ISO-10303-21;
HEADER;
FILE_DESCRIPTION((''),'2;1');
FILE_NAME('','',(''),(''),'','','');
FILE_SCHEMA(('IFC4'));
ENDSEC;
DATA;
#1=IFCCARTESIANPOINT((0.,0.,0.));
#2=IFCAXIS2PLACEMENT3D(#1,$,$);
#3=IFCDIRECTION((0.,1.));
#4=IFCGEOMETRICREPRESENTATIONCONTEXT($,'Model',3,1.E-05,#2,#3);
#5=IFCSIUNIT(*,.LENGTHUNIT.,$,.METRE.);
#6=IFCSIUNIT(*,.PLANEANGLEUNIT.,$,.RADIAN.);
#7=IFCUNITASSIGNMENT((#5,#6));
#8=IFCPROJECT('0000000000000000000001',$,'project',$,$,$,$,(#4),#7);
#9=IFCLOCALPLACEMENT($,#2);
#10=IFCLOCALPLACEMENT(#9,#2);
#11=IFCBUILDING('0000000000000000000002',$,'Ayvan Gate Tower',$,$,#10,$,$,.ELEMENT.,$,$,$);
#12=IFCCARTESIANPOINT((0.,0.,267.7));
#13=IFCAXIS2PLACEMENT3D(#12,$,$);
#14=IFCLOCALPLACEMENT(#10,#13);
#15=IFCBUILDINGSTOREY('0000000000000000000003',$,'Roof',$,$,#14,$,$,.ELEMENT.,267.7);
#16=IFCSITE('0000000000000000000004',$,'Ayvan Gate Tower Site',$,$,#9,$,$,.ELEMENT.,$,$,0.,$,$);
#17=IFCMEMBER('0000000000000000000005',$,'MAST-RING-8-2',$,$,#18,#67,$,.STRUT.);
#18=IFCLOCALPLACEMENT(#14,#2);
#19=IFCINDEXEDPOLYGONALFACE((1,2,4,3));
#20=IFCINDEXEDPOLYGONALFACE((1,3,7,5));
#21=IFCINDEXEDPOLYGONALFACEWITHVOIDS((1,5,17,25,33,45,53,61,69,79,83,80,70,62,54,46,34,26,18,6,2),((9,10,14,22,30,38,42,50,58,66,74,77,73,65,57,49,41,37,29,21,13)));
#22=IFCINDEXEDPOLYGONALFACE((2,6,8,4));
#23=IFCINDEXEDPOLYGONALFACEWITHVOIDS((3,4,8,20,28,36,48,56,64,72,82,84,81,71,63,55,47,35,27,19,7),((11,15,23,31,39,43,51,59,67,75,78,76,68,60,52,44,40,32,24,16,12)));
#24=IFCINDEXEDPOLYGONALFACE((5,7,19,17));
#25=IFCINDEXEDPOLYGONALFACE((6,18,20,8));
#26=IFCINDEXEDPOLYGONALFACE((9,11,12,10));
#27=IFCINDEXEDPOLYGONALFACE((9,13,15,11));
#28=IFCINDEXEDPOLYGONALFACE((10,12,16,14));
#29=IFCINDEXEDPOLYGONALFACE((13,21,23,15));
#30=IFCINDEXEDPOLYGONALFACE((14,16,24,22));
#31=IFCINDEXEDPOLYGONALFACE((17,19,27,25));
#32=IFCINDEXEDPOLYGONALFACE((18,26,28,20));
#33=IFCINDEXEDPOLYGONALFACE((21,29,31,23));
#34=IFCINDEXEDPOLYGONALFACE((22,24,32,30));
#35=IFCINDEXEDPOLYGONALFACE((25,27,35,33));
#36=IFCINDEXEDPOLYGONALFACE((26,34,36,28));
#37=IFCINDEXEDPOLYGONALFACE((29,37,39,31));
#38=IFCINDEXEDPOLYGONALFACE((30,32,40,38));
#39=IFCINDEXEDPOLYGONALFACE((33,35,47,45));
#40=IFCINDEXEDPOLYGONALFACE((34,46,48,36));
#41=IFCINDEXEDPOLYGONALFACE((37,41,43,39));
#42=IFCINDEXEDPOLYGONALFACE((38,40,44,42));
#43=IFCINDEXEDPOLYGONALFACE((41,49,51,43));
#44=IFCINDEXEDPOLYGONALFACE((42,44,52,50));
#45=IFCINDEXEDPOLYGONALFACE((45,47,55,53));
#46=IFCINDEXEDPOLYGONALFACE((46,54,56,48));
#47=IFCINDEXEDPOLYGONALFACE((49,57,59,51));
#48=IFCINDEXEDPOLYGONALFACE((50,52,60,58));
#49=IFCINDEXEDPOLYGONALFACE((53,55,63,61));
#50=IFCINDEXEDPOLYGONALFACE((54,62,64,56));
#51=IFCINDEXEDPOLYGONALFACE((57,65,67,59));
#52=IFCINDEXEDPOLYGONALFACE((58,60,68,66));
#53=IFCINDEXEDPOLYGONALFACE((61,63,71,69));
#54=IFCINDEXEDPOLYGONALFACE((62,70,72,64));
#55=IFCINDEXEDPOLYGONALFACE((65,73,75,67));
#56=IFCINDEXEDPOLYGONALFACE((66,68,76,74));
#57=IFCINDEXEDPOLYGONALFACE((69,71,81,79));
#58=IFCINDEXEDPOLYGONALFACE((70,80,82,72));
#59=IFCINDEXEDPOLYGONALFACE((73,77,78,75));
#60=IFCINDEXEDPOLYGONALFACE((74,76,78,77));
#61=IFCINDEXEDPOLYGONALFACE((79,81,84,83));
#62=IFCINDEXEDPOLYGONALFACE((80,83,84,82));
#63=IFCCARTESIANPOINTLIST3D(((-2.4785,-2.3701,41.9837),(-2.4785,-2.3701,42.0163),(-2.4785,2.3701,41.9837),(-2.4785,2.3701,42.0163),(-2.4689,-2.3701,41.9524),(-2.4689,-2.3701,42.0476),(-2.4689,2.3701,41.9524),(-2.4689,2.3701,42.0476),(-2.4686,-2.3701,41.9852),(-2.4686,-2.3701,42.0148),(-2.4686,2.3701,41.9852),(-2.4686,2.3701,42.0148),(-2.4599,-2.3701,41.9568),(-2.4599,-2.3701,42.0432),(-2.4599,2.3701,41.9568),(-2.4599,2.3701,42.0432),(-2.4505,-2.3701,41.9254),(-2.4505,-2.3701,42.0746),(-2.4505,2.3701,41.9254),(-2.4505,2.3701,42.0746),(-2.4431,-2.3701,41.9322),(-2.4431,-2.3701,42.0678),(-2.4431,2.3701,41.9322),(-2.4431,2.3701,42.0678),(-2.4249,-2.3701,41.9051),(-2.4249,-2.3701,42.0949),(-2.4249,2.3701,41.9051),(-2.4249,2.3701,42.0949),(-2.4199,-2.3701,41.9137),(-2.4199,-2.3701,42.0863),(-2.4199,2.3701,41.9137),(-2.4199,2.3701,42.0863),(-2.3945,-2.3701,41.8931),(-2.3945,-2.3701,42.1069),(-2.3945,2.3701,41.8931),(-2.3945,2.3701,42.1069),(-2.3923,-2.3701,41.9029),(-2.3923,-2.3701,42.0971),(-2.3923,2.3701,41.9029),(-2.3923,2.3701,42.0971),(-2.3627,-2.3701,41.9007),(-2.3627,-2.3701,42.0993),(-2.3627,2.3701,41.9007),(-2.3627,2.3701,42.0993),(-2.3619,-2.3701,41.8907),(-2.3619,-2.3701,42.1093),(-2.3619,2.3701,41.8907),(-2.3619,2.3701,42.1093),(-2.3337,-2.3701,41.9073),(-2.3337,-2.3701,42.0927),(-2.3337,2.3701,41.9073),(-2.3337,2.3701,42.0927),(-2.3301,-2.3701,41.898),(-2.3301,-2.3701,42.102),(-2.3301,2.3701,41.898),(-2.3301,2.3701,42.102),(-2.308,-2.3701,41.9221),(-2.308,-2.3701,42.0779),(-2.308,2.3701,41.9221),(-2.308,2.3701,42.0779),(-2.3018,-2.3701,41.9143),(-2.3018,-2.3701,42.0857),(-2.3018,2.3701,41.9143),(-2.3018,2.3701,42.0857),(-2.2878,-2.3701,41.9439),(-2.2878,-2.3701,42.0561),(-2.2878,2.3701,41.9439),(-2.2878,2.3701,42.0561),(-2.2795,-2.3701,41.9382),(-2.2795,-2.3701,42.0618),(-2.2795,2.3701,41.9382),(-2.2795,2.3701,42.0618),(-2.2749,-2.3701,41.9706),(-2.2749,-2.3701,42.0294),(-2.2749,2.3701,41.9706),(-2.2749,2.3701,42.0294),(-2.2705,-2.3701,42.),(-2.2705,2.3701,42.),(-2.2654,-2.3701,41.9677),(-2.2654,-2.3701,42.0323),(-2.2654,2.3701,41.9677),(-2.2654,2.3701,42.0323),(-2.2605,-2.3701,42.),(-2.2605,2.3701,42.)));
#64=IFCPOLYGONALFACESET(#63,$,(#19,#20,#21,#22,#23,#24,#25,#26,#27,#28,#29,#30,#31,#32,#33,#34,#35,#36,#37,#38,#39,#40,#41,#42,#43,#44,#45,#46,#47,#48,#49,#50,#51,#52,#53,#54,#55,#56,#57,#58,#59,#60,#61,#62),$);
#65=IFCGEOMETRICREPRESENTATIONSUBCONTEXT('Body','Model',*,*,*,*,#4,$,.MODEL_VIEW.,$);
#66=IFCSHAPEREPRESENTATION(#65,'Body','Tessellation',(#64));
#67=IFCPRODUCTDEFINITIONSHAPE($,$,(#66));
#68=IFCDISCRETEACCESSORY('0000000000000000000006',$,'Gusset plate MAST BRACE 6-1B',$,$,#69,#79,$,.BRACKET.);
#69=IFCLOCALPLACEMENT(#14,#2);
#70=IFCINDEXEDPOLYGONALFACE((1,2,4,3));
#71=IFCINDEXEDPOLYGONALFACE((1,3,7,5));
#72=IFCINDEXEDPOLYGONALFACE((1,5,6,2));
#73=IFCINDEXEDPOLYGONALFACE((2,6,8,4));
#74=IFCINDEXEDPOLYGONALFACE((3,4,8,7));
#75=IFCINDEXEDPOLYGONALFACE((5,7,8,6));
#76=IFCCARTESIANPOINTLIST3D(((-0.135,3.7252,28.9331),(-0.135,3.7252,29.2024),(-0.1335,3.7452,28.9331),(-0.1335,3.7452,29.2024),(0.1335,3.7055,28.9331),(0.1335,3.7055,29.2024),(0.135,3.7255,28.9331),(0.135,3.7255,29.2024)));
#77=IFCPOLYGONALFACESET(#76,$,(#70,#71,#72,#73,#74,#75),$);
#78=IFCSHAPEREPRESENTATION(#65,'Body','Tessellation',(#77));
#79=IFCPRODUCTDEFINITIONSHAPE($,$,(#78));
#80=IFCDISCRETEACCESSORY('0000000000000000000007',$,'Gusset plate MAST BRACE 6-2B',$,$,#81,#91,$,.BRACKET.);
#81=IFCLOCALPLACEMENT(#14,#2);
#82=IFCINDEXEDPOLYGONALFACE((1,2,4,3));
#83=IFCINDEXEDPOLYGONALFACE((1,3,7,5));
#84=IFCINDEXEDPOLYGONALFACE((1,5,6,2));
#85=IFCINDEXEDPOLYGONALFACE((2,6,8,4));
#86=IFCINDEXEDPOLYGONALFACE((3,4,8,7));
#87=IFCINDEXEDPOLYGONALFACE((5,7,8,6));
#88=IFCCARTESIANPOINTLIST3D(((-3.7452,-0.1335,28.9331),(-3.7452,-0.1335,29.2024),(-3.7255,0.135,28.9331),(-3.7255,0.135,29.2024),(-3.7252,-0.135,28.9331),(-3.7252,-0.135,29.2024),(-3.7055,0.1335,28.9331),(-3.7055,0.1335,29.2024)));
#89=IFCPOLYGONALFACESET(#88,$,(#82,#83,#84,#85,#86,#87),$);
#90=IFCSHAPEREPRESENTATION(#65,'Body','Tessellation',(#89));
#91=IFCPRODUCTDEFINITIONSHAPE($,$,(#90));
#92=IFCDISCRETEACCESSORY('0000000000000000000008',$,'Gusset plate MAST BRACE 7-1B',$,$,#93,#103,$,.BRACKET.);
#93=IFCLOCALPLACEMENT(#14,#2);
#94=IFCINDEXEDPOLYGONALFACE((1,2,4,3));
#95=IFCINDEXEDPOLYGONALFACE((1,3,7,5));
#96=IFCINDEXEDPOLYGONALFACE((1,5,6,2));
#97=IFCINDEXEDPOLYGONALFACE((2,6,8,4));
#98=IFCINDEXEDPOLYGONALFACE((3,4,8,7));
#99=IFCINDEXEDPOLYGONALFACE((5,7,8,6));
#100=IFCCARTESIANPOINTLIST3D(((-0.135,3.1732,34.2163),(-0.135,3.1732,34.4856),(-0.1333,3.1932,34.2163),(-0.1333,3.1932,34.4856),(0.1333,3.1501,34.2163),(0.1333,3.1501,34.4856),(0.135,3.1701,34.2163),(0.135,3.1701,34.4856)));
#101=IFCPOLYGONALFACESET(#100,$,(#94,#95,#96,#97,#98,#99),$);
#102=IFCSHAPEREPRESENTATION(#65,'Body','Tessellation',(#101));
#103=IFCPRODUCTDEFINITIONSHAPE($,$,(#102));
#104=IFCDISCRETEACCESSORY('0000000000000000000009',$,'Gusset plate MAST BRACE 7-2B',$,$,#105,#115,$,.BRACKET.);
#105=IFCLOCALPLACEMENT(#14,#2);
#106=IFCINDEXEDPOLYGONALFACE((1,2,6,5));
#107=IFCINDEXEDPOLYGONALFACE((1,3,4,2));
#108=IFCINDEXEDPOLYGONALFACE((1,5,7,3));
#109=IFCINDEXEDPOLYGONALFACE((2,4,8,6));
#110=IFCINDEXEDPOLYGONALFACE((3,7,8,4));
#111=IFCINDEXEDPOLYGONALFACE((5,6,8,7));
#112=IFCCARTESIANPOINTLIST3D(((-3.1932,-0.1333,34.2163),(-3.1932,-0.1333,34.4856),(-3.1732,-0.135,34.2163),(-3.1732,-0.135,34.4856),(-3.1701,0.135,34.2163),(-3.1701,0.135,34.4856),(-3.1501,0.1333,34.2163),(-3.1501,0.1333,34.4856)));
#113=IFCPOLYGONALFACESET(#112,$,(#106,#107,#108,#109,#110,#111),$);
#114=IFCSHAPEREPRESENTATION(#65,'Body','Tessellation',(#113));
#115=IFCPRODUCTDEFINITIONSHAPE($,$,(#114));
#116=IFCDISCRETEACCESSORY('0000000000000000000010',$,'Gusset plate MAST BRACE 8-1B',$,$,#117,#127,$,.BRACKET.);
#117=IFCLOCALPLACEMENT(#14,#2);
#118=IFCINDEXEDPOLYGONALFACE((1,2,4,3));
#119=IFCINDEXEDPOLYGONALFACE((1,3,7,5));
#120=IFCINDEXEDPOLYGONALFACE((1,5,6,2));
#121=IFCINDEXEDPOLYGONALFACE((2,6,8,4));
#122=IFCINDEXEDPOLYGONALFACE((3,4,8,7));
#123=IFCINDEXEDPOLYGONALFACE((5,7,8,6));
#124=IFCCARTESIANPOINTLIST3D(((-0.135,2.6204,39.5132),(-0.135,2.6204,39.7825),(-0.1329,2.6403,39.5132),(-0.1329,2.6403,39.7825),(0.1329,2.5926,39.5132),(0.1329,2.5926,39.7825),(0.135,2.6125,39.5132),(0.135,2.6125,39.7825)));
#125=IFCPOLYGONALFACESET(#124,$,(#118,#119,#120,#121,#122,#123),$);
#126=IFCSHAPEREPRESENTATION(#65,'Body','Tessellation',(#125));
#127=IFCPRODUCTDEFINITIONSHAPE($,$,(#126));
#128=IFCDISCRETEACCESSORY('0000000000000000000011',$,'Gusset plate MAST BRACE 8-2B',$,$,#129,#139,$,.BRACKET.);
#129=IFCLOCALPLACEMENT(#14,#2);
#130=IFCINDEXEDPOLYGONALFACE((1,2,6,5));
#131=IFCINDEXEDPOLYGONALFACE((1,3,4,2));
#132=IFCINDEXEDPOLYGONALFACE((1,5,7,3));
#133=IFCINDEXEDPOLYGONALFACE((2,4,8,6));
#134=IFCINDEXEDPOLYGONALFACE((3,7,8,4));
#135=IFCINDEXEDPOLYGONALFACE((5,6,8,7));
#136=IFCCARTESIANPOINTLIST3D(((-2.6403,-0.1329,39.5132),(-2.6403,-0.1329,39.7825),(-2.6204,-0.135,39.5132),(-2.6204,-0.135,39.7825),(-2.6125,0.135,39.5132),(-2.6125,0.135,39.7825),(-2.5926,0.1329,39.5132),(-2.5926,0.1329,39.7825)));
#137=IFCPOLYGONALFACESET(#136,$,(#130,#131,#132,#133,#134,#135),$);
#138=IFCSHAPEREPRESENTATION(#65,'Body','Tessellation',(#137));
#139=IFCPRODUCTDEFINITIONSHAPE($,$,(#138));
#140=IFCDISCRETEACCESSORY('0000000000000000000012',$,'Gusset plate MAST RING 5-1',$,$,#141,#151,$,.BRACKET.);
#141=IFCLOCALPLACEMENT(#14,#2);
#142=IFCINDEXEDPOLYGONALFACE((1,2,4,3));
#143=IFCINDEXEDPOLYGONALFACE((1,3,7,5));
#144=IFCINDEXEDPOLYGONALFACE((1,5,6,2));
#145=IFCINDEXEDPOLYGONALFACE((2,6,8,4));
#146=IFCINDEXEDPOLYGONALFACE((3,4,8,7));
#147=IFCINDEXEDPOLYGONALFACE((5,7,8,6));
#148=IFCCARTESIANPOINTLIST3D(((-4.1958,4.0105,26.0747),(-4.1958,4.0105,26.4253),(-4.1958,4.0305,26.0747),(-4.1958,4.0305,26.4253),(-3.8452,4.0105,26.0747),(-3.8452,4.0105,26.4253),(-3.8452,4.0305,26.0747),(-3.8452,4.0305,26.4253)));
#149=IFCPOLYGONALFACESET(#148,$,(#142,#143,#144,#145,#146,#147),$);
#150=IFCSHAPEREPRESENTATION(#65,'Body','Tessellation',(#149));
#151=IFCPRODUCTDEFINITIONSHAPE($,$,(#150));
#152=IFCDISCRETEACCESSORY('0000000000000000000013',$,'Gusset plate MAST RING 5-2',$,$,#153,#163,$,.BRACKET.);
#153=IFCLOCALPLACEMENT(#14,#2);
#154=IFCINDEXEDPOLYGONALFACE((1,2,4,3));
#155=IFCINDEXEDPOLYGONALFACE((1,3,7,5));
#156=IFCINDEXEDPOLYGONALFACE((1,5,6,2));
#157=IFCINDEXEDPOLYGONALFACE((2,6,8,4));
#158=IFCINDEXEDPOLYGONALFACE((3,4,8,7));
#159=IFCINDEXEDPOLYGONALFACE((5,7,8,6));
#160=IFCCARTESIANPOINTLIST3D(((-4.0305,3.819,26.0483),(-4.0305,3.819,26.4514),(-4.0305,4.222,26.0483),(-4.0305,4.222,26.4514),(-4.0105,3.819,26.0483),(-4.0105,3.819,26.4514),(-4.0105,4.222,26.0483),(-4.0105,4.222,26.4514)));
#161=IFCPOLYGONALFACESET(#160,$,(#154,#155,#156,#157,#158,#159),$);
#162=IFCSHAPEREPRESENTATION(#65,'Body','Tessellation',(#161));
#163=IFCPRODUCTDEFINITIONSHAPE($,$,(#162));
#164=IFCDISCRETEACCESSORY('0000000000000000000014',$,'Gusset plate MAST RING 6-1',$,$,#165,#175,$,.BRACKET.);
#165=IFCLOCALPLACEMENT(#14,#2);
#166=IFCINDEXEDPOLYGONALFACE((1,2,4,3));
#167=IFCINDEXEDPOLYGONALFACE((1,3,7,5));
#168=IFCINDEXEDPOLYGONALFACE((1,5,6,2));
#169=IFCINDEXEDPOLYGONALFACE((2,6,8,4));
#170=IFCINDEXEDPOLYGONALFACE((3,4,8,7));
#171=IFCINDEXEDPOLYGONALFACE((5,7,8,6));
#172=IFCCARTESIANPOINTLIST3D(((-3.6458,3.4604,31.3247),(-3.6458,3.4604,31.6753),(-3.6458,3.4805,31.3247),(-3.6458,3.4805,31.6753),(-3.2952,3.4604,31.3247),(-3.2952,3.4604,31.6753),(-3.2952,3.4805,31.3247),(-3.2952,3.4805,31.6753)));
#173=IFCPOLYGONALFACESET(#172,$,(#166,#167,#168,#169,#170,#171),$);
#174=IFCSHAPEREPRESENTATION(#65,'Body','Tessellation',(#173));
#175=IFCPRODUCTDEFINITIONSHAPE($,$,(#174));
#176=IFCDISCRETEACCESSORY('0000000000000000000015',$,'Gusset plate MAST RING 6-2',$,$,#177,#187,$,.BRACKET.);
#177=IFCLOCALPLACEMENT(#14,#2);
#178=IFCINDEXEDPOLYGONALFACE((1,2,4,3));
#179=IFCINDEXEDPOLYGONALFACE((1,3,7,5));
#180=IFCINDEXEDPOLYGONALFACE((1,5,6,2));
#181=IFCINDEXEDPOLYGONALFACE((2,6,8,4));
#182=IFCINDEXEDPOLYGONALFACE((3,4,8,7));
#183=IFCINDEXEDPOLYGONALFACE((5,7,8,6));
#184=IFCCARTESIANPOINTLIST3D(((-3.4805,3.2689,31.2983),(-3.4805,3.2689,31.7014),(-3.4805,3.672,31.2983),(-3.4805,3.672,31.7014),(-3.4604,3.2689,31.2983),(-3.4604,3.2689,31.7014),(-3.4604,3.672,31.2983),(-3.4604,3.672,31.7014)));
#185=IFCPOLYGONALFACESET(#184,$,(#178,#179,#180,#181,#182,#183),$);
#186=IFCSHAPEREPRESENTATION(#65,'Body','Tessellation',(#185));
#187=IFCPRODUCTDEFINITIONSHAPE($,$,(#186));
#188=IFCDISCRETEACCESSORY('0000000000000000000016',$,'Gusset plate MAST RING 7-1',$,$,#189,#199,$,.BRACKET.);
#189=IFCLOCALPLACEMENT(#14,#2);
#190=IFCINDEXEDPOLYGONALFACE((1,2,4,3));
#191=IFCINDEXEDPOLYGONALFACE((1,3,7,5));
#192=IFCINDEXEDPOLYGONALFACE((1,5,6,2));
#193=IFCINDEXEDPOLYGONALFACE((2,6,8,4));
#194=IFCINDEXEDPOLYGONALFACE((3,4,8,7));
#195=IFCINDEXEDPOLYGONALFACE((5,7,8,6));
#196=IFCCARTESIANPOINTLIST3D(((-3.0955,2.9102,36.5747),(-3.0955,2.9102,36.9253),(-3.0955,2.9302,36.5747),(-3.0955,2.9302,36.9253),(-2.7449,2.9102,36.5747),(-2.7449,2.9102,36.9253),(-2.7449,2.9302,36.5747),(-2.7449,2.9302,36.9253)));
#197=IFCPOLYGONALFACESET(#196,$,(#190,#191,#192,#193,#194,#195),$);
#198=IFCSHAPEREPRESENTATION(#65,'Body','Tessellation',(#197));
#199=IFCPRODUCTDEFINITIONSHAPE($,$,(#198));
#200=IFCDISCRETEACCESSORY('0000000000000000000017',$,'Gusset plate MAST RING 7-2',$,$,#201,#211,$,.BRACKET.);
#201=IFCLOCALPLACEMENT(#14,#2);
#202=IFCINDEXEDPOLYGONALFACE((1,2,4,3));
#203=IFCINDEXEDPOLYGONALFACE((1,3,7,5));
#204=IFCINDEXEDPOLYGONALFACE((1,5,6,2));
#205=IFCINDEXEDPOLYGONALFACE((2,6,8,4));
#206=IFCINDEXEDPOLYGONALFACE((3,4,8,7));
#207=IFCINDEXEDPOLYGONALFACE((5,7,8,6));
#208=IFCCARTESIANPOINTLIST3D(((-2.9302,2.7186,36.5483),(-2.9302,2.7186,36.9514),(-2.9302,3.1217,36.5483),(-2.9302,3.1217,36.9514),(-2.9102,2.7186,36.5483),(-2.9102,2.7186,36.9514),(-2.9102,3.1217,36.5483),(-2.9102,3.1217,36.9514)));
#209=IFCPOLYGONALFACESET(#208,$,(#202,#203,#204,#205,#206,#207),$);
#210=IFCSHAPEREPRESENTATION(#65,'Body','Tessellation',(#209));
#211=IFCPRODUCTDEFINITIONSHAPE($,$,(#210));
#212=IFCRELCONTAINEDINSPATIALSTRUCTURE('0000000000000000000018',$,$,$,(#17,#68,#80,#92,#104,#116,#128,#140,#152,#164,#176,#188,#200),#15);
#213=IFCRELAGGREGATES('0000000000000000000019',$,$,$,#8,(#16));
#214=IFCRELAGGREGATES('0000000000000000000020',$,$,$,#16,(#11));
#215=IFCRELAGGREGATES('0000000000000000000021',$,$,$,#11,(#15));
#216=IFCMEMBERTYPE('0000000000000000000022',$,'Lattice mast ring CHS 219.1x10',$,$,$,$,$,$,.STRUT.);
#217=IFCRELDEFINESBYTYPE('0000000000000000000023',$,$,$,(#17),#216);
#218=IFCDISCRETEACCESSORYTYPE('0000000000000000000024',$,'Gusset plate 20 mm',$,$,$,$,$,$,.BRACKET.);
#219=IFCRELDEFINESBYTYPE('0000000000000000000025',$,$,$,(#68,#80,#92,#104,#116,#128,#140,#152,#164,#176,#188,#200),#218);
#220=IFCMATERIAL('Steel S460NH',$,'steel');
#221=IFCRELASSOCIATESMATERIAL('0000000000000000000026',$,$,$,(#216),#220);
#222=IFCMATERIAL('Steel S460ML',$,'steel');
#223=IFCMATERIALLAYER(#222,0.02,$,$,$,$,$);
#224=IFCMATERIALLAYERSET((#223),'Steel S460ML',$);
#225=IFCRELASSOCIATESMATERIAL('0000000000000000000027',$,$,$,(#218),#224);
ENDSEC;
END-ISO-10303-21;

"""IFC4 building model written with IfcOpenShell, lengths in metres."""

from ifc_helpers import new_model, si_unit, direction, frame, origin, origin_2d, place, context, subcontext, project, spatial, rectangle, hollow_circle, extrude, material, layer, layer_set, material_profile, profile_set, type_object, element, save


model = new_model("IFC4")

# Units and contexts
model_context = context("Model", 3, precision=1e-05, world=origin(), true_north=direction((0.0, 1.0)))
body_context = subcontext(model_context, "Body", "Model", "MODEL_VIEW")
ifc_project = project(units=[si_unit("LENGTHUNIT", "METRE"), si_unit("PLANEANGLEUNIT", "RADIAN")], contexts=[model_context])

# Site, building, storey
site_placement = place(None, origin())
site = spatial("IfcSite", under=ifc_project, at=site_placement, Name="Ayvan Gate Tower Site", CompositionType="ELEMENT", RefElevation=0.0)
building_placement = place(site_placement, origin())
building = spatial("IfcBuilding", under=site, at=building_placement, Name="Ayvan Gate Tower", CompositionType="ELEMENT")
storey_placement = place(building_placement, frame((0.0, 0.0, 267.7)))
storey = spatial("IfcBuildingStorey", under=building, at=storey_placement, Name="Roof", CompositionType="ELEMENT", Elevation=267.7)

# Member
ifc_material_1 = material(Name="Steel S460NH", Category="steel")
ifc_material_profile_1 = material_profile(ifc_material_1, hollow_circle(Radius=0.1096, WallThickness=0.01, at=origin_2d()), Name="CHS 219.1x10")
ifc_profile_set_1 = profile_set([ifc_material_profile_1], Name="Steel S460NH")
member_type_1 = type_object("IfcMemberType", Name="Lattice mast ring CHS 219.1x10", PredefinedType="STRUT", material=ifc_profile_set_1)
member_1_placement = place(storey_placement, frame((-2.3701, 2.3701, 42.0), z_axis=(0.0, -1.0, 0.0), x_axis=(1.0, 0.0, 0.0)))
element("IfcMember", 1, at=member_1_placement, inside=storey, type_object=member_type_1, Name="MAST-RING-8-2", PredefinedType="STRUT", context=body_context, shape_type="SweptSolid", body=[
    extrude(hollow_circle(Radius=0.1096, WallThickness=0.01, at=origin_2d()), origin(), (0.0, 0.0, 1.0), 4.7402),
])

# Discrete accessories
ifc_material_2 = material(Name="Steel S460ML", Category="steel")
ifc_layer = layer(ifc_material_2, 0.02)
ifc_layer_set = layer_set([ifc_layer], Name="Steel S460ML")
discrete_accessory_type = type_object("IfcDiscreteAccessoryType", Name="Gusset plate 20 mm", PredefinedType="BRACKET", material=ifc_layer_set)
for number, where, z_axis, x_axis, name in (
    (2, (0.0, 3.7253, 28.9331), (0.0, 0.0, 1.0), (-0.997314, 0.073249, 0.0), "Gusset plate MAST BRACE 6-1B"),
    (3, (-3.7253, 0.0, 28.9331), (0.0, 0.0, 1.0), (0.073249, 0.997314, 0.0), "Gusset plate MAST BRACE 6-2B"),
    (4, (0.0, 3.1716, 34.2163), (0.0, 0.0, 1.0), (-0.996315, 0.085775, 0.0), "Gusset plate MAST BRACE 7-1B"),
    (5, (-3.1716, 0.0, 34.2163), (0.0, 0.0, 1.0), (0.085775, 0.996315, 0.0), "Gusset plate MAST BRACE 7-2B"),
    (6, (0.0, 2.6165, 39.5132), (0.0, 0.0, 1.0), (-0.994636, 0.103442, 0.0), "Gusset plate MAST BRACE 8-1B"),
    (7, (-2.6165, 0.0, 39.5132), (0.0, 0.0, 1.0), (0.103442, 0.994636, 0.0), "Gusset plate MAST BRACE 8-2B"),
):
    element("IfcDiscreteAccessory", number, at=place(storey_placement, frame(where, z_axis=z_axis, x_axis=x_axis)), inside=storey, type_object=discrete_accessory_type, Name=name, PredefinedType="BRACKET", context=body_context, shape_type="SweptSolid", body=[
        extrude(rectangle(XDim=0.2693, YDim=0.02, at=origin_2d()), origin(), (0.0, 0.0, 1.0), 0.2693),
    ])
discrete_accessory_1_placement = place(storey_placement, frame((-4.0205, 4.0205, 26.0747), z_axis=(0.0, 0.0, 1.0), x_axis=(1.0, 0.0, 0.0)))
element("IfcDiscreteAccessory", 8, at=discrete_accessory_1_placement, inside=storey, type_object=discrete_accessory_type, Name="Gusset plate MAST RING 5-1", PredefinedType="BRACKET", context=body_context, shape_type="SweptSolid", body=[
    extrude(rectangle(XDim=0.3506, YDim=0.02, at=origin_2d()), origin(), (0.0, 0.0, 1.0), 0.3506),
])
discrete_accessory_2_placement = place(storey_placement, frame((-4.0205, 4.0205, 26.0483), z_axis=(0.0, 0.0, 1.0), x_axis=(0.0, 1.0, 0.0)))
element("IfcDiscreteAccessory", 9, at=discrete_accessory_2_placement, inside=storey, type_object=discrete_accessory_type, Name="Gusset plate MAST RING 5-2", PredefinedType="BRACKET", context=body_context, shape_type="SweptSolid", body=[
    extrude(rectangle(XDim=0.4031, YDim=0.02, at=origin_2d()), origin(), (0.0, 0.0, 1.0), 0.4031),
])
discrete_accessory_3_placement = place(storey_placement, frame((-3.4705, 3.4705, 31.3247), z_axis=(0.0, 0.0, 1.0), x_axis=(1.0, 0.0, 0.0)))
element("IfcDiscreteAccessory", 10, at=discrete_accessory_3_placement, inside=storey, type_object=discrete_accessory_type, Name="Gusset plate MAST RING 6-1", PredefinedType="BRACKET", context=body_context, shape_type="SweptSolid", body=[
    extrude(rectangle(XDim=0.3506, YDim=0.02, at=origin_2d()), origin(), (0.0, 0.0, 1.0), 0.3506),
])
discrete_accessory_4_placement = place(storey_placement, frame((-3.4705, 3.4705, 31.2983), z_axis=(0.0, 0.0, 1.0), x_axis=(0.0, 1.0, 0.0)))
element("IfcDiscreteAccessory", 11, at=discrete_accessory_4_placement, inside=storey, type_object=discrete_accessory_type, Name="Gusset plate MAST RING 6-2", PredefinedType="BRACKET", context=body_context, shape_type="SweptSolid", body=[
    extrude(rectangle(XDim=0.4031, YDim=0.02, at=origin_2d()), origin(), (0.0, 0.0, 1.0), 0.4031),
])
discrete_accessory_5_placement = place(storey_placement, frame((-2.9202, 2.9202, 36.5747), z_axis=(0.0, 0.0, 1.0), x_axis=(1.0, 0.0, 0.0)))
element("IfcDiscreteAccessory", 12, at=discrete_accessory_5_placement, inside=storey, type_object=discrete_accessory_type, Name="Gusset plate MAST RING 7-1", PredefinedType="BRACKET", context=body_context, shape_type="SweptSolid", body=[
    extrude(rectangle(XDim=0.3506, YDim=0.02, at=origin_2d()), origin(), (0.0, 0.0, 1.0), 0.3506),
])
discrete_accessory_6_placement = place(storey_placement, frame((-2.9202, 2.9202, 36.5483), z_axis=(0.0, 0.0, 1.0), x_axis=(0.0, 1.0, 0.0)))
element("IfcDiscreteAccessory", 13, at=discrete_accessory_6_placement, inside=storey, type_object=discrete_accessory_type, Name="Gusset plate MAST RING 7-2", PredefinedType="BRACKET", context=body_context, shape_type="SweptSolid", body=[
    extrude(rectangle(XDim=0.4031, YDim=0.02, at=origin_2d()), origin(), (0.0, 0.0, 1.0), 0.4031),
])

save(model, "model.ifc")
